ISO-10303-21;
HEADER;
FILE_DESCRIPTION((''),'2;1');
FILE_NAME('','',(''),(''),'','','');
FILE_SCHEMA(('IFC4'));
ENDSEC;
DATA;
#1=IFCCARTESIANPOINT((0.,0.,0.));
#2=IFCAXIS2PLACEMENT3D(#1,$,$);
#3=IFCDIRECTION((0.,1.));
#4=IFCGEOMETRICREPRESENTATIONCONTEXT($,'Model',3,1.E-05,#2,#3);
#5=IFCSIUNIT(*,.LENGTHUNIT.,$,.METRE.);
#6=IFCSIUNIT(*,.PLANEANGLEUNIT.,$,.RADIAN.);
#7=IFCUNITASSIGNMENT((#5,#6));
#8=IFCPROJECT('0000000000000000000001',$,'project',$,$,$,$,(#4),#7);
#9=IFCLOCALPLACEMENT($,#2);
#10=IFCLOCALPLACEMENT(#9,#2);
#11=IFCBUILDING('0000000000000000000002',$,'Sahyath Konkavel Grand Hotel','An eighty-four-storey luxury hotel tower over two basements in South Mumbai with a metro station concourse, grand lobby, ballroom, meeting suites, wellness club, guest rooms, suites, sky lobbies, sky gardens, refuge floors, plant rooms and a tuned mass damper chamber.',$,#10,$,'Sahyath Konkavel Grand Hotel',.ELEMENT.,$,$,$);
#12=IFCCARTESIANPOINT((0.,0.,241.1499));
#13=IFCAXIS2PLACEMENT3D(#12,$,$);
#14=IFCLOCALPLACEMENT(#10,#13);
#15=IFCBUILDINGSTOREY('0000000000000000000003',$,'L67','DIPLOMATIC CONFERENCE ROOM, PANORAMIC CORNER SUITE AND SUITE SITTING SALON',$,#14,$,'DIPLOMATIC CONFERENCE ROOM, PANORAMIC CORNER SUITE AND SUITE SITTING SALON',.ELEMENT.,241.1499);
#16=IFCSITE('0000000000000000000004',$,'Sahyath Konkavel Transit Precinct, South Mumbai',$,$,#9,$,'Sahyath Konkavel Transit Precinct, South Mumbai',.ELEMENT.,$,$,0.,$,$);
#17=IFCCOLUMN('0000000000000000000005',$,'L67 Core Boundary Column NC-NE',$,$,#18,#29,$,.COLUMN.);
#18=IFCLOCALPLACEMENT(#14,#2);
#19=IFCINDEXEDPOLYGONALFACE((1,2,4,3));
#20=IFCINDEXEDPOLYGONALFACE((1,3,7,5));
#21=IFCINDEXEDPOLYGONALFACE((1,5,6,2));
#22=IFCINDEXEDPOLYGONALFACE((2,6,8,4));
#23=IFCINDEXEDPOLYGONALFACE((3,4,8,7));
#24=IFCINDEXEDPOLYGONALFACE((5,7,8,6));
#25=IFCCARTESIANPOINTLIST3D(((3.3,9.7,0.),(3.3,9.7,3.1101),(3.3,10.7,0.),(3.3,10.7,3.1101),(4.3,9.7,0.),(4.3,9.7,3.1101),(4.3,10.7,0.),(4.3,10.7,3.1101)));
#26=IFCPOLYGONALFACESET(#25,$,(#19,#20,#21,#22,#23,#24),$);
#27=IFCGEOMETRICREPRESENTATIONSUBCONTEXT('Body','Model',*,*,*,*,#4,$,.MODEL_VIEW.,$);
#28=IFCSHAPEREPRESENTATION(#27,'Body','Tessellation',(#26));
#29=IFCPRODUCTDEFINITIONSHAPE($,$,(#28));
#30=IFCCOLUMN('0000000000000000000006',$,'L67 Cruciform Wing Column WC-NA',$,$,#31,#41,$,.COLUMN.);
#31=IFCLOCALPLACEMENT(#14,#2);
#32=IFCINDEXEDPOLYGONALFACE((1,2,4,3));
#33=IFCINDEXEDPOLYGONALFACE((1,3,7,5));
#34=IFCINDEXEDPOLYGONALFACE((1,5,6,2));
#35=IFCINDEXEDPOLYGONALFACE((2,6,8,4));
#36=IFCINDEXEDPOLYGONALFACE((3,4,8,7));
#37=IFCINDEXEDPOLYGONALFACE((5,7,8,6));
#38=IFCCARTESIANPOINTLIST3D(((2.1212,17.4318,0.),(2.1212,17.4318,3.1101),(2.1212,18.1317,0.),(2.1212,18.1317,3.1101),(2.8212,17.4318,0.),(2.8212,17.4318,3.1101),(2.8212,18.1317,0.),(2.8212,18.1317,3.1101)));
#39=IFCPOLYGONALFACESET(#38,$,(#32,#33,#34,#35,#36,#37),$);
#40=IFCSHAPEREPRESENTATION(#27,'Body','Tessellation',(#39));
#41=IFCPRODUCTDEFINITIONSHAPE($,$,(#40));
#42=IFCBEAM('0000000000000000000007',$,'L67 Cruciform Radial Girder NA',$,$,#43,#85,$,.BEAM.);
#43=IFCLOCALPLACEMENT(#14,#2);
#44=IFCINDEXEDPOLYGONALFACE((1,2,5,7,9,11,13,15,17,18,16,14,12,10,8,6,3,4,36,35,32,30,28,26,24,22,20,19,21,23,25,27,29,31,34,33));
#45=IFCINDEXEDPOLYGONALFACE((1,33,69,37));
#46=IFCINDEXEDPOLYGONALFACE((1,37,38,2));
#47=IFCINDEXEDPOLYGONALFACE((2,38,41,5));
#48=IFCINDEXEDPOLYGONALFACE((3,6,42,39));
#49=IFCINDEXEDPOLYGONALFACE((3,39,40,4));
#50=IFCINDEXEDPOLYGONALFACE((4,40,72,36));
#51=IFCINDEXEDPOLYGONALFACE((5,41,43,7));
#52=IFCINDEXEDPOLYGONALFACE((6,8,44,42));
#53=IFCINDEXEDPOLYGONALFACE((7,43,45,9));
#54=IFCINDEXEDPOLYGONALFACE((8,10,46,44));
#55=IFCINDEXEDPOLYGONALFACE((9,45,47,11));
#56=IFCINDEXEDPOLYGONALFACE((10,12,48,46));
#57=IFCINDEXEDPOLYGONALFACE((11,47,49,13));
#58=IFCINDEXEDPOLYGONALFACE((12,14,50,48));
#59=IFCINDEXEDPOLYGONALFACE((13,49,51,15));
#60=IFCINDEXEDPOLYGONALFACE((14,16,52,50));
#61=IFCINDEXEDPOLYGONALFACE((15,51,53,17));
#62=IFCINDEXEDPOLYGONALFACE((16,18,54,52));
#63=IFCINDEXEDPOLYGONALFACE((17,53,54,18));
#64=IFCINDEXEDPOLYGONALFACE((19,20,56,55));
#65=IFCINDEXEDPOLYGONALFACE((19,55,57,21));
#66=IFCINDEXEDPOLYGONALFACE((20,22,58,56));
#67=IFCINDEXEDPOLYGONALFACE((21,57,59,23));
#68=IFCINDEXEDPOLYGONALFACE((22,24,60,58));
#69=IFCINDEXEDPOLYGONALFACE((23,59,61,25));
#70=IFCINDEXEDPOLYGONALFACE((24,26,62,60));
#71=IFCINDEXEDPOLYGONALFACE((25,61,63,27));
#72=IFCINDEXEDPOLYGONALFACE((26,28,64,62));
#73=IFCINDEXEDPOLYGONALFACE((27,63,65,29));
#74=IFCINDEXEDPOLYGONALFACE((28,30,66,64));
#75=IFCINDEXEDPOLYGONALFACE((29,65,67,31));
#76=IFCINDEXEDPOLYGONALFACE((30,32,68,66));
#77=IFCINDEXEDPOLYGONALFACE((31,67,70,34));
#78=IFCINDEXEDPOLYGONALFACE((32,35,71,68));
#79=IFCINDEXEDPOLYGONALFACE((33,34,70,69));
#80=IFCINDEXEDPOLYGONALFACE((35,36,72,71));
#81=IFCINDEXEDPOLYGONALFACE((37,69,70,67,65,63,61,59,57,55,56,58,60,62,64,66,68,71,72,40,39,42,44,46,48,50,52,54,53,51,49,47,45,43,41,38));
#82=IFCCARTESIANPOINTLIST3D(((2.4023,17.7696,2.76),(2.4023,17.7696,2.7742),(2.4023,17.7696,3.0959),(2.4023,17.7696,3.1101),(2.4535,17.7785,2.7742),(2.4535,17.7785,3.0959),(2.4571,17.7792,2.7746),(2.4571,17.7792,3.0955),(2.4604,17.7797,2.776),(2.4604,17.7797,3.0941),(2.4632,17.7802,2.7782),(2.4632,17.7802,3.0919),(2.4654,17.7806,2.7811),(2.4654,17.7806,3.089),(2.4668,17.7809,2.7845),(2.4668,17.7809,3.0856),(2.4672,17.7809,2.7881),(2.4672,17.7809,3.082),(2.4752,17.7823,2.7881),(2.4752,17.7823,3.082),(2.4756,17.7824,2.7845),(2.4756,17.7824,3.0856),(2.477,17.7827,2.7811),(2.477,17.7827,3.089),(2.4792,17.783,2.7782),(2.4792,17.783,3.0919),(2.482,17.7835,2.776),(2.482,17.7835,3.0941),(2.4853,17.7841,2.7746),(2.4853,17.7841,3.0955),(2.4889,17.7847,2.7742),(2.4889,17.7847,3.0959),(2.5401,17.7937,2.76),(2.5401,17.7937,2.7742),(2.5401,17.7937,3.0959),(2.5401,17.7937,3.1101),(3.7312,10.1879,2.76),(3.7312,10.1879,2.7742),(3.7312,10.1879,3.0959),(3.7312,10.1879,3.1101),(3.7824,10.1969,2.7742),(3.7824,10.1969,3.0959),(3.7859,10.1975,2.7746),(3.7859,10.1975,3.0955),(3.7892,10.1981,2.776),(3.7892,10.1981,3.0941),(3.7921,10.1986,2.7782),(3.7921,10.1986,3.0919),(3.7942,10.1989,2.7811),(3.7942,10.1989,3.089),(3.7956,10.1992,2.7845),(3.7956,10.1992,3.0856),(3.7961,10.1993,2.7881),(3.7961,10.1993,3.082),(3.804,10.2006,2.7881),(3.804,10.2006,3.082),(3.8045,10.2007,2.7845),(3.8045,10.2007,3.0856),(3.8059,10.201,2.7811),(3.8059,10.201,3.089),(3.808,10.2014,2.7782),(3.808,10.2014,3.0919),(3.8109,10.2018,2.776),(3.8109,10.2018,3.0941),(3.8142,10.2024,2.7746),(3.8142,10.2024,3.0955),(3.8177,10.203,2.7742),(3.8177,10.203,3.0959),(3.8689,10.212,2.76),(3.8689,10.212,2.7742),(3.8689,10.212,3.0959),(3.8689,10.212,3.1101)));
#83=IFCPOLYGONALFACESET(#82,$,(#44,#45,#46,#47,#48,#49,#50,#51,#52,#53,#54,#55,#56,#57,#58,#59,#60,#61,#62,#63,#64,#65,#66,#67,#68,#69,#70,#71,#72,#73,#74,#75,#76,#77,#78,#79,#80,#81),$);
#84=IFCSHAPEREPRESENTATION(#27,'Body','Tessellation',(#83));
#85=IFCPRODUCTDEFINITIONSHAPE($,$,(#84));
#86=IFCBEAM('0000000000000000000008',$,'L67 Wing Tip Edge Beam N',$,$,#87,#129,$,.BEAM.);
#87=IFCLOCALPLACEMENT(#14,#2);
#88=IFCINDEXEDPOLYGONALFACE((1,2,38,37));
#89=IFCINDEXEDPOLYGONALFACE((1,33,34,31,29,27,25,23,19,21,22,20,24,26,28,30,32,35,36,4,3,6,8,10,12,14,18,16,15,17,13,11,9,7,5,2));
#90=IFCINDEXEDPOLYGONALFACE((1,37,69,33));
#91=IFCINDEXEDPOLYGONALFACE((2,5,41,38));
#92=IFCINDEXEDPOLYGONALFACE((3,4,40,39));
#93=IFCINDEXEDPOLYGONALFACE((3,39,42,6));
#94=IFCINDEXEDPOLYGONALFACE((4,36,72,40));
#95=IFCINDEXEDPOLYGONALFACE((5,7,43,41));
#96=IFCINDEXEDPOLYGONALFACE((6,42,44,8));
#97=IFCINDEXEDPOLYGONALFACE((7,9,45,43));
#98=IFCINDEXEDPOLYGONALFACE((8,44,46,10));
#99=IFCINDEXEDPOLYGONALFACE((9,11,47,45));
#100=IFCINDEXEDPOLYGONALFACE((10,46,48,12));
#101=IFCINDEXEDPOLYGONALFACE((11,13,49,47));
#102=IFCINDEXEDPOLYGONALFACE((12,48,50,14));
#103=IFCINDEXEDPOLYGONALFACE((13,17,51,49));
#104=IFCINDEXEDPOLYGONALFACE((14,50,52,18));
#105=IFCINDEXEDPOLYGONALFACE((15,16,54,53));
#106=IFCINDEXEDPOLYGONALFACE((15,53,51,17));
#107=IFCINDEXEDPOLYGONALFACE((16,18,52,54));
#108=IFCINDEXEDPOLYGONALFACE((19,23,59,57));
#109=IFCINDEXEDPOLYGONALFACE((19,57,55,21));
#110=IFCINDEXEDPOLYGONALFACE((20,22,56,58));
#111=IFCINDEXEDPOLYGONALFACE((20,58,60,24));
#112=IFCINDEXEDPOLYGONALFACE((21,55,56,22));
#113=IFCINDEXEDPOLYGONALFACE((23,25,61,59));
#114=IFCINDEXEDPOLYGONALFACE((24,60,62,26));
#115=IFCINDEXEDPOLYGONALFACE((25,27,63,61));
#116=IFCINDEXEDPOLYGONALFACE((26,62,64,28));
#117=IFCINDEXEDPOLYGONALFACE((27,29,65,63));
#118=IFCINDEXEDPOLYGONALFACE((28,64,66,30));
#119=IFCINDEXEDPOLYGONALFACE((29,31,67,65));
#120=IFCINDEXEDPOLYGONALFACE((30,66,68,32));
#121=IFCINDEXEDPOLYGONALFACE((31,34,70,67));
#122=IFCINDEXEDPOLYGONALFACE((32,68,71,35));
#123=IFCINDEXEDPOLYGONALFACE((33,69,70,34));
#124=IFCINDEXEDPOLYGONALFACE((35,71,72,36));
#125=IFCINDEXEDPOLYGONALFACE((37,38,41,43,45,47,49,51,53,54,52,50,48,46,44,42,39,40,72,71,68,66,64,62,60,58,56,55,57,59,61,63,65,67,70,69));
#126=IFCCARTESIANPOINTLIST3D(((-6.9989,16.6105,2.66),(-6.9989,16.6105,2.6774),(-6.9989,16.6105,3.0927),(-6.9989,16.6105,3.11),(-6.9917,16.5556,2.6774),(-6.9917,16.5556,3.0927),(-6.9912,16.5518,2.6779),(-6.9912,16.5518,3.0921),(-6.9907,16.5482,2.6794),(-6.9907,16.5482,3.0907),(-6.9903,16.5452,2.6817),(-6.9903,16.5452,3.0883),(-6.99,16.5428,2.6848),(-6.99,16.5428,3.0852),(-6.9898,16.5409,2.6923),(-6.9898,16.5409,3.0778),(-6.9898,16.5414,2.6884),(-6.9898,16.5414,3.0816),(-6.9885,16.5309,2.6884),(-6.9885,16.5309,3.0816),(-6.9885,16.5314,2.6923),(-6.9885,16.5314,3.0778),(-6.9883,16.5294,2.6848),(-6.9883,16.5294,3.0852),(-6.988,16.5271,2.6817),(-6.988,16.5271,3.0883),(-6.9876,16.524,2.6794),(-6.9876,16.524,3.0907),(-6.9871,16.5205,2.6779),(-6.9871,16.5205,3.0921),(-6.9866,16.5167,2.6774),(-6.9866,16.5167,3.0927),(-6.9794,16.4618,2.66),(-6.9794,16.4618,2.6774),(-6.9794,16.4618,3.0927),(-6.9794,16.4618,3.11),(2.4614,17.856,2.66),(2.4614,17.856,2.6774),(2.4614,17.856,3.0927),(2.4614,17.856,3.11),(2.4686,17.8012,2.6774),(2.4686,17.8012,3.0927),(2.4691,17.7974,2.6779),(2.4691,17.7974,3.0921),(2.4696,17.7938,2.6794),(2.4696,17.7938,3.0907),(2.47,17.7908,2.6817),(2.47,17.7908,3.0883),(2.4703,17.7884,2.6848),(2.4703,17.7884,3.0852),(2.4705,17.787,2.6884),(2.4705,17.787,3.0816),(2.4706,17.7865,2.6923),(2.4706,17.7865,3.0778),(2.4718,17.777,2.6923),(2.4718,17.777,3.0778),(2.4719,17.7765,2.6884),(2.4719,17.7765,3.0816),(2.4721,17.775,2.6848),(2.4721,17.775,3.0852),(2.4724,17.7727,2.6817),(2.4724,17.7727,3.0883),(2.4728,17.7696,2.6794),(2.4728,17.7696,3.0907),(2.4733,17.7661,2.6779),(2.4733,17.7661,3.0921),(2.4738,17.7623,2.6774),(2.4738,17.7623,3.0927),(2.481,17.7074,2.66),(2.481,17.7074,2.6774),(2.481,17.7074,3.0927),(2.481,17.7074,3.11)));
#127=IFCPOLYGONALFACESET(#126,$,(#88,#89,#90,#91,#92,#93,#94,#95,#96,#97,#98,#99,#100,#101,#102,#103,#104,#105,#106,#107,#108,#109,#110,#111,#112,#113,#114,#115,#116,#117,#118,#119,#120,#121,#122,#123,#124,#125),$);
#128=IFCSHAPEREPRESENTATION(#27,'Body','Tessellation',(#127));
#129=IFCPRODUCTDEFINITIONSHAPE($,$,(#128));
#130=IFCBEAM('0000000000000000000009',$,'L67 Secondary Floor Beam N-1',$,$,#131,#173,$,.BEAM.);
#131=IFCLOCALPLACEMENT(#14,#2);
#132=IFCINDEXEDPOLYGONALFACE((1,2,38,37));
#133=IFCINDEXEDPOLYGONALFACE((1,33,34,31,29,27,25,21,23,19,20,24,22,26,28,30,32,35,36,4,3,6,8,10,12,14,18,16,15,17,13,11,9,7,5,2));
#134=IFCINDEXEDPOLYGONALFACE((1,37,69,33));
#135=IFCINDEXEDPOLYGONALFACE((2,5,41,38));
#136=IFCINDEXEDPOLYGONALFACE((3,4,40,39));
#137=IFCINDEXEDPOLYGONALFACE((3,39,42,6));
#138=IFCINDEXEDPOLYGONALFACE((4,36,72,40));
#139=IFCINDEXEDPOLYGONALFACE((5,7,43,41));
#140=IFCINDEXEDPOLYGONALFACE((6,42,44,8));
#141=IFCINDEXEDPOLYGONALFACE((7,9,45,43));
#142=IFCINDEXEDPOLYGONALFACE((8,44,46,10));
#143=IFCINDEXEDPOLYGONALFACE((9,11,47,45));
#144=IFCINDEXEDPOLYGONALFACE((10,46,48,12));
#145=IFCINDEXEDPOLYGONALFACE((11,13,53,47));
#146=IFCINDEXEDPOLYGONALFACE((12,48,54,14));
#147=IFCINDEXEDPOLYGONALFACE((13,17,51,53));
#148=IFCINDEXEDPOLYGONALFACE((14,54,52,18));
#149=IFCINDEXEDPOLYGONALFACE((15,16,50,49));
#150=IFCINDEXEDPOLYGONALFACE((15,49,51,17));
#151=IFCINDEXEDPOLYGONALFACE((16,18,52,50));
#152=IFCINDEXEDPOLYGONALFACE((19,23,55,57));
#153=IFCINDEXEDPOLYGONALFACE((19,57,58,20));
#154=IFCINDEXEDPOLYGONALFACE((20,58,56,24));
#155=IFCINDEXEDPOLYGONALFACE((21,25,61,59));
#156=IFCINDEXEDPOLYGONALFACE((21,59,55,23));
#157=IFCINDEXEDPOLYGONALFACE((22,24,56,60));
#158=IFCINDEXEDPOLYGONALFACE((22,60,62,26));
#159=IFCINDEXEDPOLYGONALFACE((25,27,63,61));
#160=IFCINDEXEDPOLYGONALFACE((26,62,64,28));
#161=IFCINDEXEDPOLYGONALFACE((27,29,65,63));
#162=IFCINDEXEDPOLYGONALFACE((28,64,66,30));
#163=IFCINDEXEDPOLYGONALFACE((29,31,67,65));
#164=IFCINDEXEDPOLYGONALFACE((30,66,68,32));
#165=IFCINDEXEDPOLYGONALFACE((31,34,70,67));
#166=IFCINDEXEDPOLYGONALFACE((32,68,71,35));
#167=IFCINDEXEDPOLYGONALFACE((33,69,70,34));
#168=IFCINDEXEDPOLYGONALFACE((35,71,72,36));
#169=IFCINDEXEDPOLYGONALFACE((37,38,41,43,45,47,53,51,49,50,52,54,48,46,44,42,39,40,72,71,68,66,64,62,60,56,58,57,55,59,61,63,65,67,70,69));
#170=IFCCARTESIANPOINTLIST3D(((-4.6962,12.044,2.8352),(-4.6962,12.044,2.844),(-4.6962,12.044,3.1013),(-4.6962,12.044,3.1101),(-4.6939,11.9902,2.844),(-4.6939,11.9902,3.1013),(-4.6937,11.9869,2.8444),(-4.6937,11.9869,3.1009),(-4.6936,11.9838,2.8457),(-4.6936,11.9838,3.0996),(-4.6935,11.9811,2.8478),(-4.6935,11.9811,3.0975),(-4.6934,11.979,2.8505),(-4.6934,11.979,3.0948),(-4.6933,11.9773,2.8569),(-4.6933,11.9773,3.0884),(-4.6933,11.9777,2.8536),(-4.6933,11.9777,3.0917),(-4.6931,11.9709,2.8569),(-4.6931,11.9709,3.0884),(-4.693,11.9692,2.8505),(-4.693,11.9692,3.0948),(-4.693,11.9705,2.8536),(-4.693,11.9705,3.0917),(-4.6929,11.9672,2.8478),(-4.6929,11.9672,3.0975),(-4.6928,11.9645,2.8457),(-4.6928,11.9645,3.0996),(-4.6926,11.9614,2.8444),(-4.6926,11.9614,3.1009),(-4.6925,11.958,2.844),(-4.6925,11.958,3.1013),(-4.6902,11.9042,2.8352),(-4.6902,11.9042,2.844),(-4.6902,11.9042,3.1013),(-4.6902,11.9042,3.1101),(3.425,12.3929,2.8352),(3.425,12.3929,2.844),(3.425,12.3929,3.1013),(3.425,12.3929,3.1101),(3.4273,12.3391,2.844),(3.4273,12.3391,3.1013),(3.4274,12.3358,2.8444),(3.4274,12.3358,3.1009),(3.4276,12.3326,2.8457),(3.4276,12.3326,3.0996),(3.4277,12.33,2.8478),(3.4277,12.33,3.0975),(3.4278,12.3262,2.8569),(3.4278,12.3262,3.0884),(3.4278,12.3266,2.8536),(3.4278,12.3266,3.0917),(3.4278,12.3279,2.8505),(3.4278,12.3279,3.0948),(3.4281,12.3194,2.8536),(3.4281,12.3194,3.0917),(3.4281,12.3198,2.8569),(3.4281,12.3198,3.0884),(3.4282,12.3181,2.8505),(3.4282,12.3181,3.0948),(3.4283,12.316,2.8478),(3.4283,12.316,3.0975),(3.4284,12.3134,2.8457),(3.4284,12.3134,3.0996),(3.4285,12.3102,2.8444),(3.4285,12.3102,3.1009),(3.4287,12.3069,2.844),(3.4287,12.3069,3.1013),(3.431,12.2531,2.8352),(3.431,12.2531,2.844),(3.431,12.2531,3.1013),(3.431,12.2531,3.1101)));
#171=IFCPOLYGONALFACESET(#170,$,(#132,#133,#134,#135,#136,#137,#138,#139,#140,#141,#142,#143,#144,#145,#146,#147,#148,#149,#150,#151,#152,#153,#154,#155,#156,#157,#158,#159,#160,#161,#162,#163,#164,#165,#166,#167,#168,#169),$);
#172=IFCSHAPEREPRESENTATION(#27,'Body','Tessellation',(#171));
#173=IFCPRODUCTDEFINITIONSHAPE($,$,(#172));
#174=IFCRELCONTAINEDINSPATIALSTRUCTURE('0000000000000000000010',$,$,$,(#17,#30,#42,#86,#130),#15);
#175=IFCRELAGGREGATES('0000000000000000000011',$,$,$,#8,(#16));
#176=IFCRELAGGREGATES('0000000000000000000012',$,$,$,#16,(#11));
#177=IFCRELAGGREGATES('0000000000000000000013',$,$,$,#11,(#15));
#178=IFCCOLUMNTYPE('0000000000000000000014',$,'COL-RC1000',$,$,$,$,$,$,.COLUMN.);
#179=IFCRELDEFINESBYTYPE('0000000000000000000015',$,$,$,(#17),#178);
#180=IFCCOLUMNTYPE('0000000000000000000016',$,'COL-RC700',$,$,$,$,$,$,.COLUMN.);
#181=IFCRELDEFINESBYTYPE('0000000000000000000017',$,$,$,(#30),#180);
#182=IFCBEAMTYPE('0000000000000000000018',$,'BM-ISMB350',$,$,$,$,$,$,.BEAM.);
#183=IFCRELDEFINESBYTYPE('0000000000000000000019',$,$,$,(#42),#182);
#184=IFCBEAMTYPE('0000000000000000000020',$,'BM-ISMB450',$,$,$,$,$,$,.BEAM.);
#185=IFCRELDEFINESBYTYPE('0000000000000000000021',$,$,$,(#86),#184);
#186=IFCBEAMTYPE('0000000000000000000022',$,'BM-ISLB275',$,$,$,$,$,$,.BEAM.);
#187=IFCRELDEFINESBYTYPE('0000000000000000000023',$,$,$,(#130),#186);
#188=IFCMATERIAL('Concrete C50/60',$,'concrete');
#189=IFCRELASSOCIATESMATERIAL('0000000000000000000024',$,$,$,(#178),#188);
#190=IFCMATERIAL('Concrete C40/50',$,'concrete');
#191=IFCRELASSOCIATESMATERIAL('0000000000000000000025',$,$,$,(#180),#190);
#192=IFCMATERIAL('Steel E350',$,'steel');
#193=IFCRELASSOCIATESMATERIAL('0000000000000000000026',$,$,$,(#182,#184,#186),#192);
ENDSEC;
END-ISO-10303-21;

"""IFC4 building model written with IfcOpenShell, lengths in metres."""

from ifc_helpers import new_model, si_unit, direction, frame, origin, origin_2d, place, context, subcontext, project, spatial, rectangle, i_section, extrude, source, transform, mapped, material, material_profile, profile_set, type_object, element, save


model = new_model("IFC4")

# Units and contexts
model_context = context("Model", 3, precision=1e-05, world=origin(), true_north=direction((0.0, 1.0)))
body_context = subcontext(model_context, "Body", "Model", "MODEL_VIEW")
ifc_project = project(units=[si_unit("LENGTHUNIT", "METRE"), si_unit("PLANEANGLEUNIT", "RADIAN")], contexts=[model_context])

# Site, building, storey
site_placement = place(None, origin())
site = spatial("IfcSite", under=ifc_project, at=site_placement, Name="Sahyath Konkavel Transit Precinct, South Mumbai", LongName="Sahyath Konkavel Transit Precinct, South Mumbai", CompositionType="ELEMENT", RefElevation=0.0)
building_placement = place(site_placement, origin())
building = spatial("IfcBuilding", under=site, at=building_placement, Name="Sahyath Konkavel Grand Hotel", Description="An eighty-four-storey luxury hotel tower over two basements in South Mumbai with a metro station concourse, grand lobby, ballroom, meeting suites, wellness club, guest rooms, suites, sky lobbies, sky gardens, refuge floors, plant rooms and a tuned mass damper chamber.", LongName="Sahyath Konkavel Grand Hotel", CompositionType="ELEMENT")
storey_placement = place(building_placement, frame((0.0, 0.0, 241.1499)))
storey = spatial("IfcBuildingStorey", under=building, at=storey_placement, Name="L67", Description="DIPLOMATIC CONFERENCE ROOM, PANORAMIC CORNER SUITE AND SUITE SITTING SALON", LongName="DIPLOMATIC CONFERENCE ROOM, PANORAMIC CORNER SUITE AND SUITE SITTING SALON", CompositionType="ELEMENT", Elevation=241.1499)

# Columns
ifc_material_1 = material(Name="Concrete C50/60", Category="concrete")
ifc_material_profile_1 = material_profile(ifc_material_1, rectangle(XDim=1.0, YDim=1.0, at=origin_2d()), Name="RC 1000x1000")
ifc_profile_set_1 = profile_set([ifc_material_profile_1], Name="Concrete C50/60")
column_type_1 = type_object("IfcColumnType", Name="COL-RC1000", PredefinedType="COLUMN", material=ifc_profile_set_1)
shared_shape_1 = source(origin(), body_context, "Body", "SweptSolid", [
    extrude(rectangle(XDim=1.0, YDim=1.0, at=origin_2d()), origin(), (0.0, 0.0, 1.0), 3.1101),
])
column_1_placement = place(storey_placement, frame((3.8, 10.2, 0.0), z_axis=(0.0, 0.0, 1.0), x_axis=(1.0, 0.0, 0.0)))
element("IfcColumn", 1, at=column_1_placement, inside=storey, type_object=column_type_1, Name="L67 Core Boundary Column NC-NE", PredefinedType="COLUMN", context=body_context, shape_type="MappedRepresentation", body=[
    mapped(shared_shape_1, transform((0.0, 0.0, 0.0), scale=1.0)),
])
ifc_material_2 = material(Name="Concrete C40/50", Category="concrete")
ifc_material_profile_2 = material_profile(ifc_material_2, rectangle(XDim=0.7, YDim=0.7, at=origin_2d()), Name="RC 700x700")
ifc_profile_set_2 = profile_set([ifc_material_profile_2], Name="Concrete C40/50")
column_type_2 = type_object("IfcColumnType", Name="COL-RC700", PredefinedType="COLUMN", material=ifc_profile_set_2)
shared_shape_2 = source(origin(), body_context, "Body", "SweptSolid", [
    extrude(rectangle(XDim=0.7, YDim=0.7, at=origin_2d()), origin(), (0.0, 0.0, 1.0), 3.1101),
])
column_2_placement = place(storey_placement, frame((2.4712, 17.7817, 0.0), z_axis=(0.0, 0.0, 1.0), x_axis=(1.0, 0.0, 0.0)))
element("IfcColumn", 2, at=column_2_placement, inside=storey, type_object=column_type_2, Name="L67 Cruciform Wing Column WC-NA", PredefinedType="COLUMN", context=body_context, shape_type="MappedRepresentation", body=[
    mapped(shared_shape_2, transform((0.0, 0.0, 0.0), scale=1.0)),
])

# Beams
ifc_material_3 = material(Name="Steel E350", Category="steel")
ifc_material_profile_3 = material_profile(ifc_material_3, i_section(OverallWidth=0.1399, OverallDepth=0.3501, WebThickness=0.0081, FlangeThickness=0.0142, FilletRadius=0.0139, at=origin_2d()), Name="ISMB 350")
ifc_profile_set_3 = profile_set([ifc_material_profile_3], Name="Steel E350")
beam_type_1 = type_object("IfcBeamType", Name="BM-ISMB350", PredefinedType="BEAM", material=ifc_profile_set_3)
shared_shape_3 = source(origin(), body_context, "Body", "SweptSolid", [
    extrude(i_section(OverallWidth=0.1399, OverallDepth=0.3501, WebThickness=0.0081, FlangeThickness=0.0142, FilletRadius=0.0139, at=origin_2d()), origin(), (0.0, 0.0, 1.0), 7.6973),
])
beam_1_placement = place(storey_placement, frame((3.8, 10.2, 2.9351), z_axis=(-0.172638, 0.984985, 0.0), x_axis=(-0.984985, -0.172638, 0.0)))
element("IfcBeam", 3, at=beam_1_placement, inside=storey, type_object=beam_type_1, Name="L67 Cruciform Radial Girder NA", PredefinedType="BEAM", context=body_context, shape_type="MappedRepresentation", body=[
    mapped(shared_shape_3, transform((0.0, 0.0, 0.0), scale=1.0)),
])
ifc_material_profile_4 = material_profile(ifc_material_3, i_section(OverallWidth=0.1499, OverallDepth=0.45, WebThickness=0.0095, FlangeThickness=0.0173, FilletRadius=0.0149, at=origin_2d()), Name="ISMB 450")
ifc_profile_set_4 = profile_set([ifc_material_profile_4], Name="Steel E350")
beam_type_2 = type_object("IfcBeamType", Name="BM-ISMB450", PredefinedType="BEAM", material=ifc_profile_set_4)
shared_shape_4 = source(origin(), body_context, "Body", "SweptSolid", [
    extrude(i_section(OverallWidth=0.1499, OverallDepth=0.45, WebThickness=0.0095, FlangeThickness=0.0173, FilletRadius=0.0149, at=origin_2d()), origin(), (0.0, 0.0, 1.0), 9.542),
])
beam_2_placement = place(storey_placement, frame((2.4712, 17.7817, 2.885), z_axis=(-0.991443, -0.130538, 0.0), x_axis=(0.130538, -0.991443, 0.0)))
element("IfcBeam", 4, at=beam_2_placement, inside=storey, type_object=beam_type_2, Name="L67 Wing Tip Edge Beam N", PredefinedType="BEAM", context=body_context, shape_type="MappedRepresentation", body=[
    mapped(shared_shape_4, transform((0.0, 0.0, 0.0), scale=1.0)),
])
ifc_material_profile_5 = material_profile(ifc_material_3, i_section(OverallWidth=0.1399, OverallDepth=0.2749, WebThickness=0.0063, FlangeThickness=0.0088, FilletRadius=0.0129, at=origin_2d()), Name="ISLB 275")
ifc_profile_set_5 = profile_set([ifc_material_profile_5], Name="Steel E350")
beam_type_3 = type_object("IfcBeamType", Name="BM-ISLB275", PredefinedType="BEAM", material=ifc_profile_set_5)
shared_shape_5 = source(origin(), body_context, "Body", "SweptSolid", [
    extrude(i_section(OverallWidth=0.1399, OverallDepth=0.2749, WebThickness=0.0063, FlangeThickness=0.0088, FilletRadius=0.0129, at=origin_2d()), origin(), (0.0, 0.0, 1.0), 8.1287),
])
beam_3_placement = place(storey_placement, frame((3.428, 12.323, 2.9727), z_axis=(-0.999079, -0.04292, 0.0), x_axis=(0.04292, -0.999079, 0.0)))
element("IfcBeam", 5, at=beam_3_placement, inside=storey, type_object=beam_type_3, Name="L67 Secondary Floor Beam N-1", PredefinedType="BEAM", context=body_context, shape_type="MappedRepresentation", body=[
    mapped(shared_shape_5, transform((0.0, 0.0, 0.0), scale=1.0)),
])

save(model, "model.ifc")
